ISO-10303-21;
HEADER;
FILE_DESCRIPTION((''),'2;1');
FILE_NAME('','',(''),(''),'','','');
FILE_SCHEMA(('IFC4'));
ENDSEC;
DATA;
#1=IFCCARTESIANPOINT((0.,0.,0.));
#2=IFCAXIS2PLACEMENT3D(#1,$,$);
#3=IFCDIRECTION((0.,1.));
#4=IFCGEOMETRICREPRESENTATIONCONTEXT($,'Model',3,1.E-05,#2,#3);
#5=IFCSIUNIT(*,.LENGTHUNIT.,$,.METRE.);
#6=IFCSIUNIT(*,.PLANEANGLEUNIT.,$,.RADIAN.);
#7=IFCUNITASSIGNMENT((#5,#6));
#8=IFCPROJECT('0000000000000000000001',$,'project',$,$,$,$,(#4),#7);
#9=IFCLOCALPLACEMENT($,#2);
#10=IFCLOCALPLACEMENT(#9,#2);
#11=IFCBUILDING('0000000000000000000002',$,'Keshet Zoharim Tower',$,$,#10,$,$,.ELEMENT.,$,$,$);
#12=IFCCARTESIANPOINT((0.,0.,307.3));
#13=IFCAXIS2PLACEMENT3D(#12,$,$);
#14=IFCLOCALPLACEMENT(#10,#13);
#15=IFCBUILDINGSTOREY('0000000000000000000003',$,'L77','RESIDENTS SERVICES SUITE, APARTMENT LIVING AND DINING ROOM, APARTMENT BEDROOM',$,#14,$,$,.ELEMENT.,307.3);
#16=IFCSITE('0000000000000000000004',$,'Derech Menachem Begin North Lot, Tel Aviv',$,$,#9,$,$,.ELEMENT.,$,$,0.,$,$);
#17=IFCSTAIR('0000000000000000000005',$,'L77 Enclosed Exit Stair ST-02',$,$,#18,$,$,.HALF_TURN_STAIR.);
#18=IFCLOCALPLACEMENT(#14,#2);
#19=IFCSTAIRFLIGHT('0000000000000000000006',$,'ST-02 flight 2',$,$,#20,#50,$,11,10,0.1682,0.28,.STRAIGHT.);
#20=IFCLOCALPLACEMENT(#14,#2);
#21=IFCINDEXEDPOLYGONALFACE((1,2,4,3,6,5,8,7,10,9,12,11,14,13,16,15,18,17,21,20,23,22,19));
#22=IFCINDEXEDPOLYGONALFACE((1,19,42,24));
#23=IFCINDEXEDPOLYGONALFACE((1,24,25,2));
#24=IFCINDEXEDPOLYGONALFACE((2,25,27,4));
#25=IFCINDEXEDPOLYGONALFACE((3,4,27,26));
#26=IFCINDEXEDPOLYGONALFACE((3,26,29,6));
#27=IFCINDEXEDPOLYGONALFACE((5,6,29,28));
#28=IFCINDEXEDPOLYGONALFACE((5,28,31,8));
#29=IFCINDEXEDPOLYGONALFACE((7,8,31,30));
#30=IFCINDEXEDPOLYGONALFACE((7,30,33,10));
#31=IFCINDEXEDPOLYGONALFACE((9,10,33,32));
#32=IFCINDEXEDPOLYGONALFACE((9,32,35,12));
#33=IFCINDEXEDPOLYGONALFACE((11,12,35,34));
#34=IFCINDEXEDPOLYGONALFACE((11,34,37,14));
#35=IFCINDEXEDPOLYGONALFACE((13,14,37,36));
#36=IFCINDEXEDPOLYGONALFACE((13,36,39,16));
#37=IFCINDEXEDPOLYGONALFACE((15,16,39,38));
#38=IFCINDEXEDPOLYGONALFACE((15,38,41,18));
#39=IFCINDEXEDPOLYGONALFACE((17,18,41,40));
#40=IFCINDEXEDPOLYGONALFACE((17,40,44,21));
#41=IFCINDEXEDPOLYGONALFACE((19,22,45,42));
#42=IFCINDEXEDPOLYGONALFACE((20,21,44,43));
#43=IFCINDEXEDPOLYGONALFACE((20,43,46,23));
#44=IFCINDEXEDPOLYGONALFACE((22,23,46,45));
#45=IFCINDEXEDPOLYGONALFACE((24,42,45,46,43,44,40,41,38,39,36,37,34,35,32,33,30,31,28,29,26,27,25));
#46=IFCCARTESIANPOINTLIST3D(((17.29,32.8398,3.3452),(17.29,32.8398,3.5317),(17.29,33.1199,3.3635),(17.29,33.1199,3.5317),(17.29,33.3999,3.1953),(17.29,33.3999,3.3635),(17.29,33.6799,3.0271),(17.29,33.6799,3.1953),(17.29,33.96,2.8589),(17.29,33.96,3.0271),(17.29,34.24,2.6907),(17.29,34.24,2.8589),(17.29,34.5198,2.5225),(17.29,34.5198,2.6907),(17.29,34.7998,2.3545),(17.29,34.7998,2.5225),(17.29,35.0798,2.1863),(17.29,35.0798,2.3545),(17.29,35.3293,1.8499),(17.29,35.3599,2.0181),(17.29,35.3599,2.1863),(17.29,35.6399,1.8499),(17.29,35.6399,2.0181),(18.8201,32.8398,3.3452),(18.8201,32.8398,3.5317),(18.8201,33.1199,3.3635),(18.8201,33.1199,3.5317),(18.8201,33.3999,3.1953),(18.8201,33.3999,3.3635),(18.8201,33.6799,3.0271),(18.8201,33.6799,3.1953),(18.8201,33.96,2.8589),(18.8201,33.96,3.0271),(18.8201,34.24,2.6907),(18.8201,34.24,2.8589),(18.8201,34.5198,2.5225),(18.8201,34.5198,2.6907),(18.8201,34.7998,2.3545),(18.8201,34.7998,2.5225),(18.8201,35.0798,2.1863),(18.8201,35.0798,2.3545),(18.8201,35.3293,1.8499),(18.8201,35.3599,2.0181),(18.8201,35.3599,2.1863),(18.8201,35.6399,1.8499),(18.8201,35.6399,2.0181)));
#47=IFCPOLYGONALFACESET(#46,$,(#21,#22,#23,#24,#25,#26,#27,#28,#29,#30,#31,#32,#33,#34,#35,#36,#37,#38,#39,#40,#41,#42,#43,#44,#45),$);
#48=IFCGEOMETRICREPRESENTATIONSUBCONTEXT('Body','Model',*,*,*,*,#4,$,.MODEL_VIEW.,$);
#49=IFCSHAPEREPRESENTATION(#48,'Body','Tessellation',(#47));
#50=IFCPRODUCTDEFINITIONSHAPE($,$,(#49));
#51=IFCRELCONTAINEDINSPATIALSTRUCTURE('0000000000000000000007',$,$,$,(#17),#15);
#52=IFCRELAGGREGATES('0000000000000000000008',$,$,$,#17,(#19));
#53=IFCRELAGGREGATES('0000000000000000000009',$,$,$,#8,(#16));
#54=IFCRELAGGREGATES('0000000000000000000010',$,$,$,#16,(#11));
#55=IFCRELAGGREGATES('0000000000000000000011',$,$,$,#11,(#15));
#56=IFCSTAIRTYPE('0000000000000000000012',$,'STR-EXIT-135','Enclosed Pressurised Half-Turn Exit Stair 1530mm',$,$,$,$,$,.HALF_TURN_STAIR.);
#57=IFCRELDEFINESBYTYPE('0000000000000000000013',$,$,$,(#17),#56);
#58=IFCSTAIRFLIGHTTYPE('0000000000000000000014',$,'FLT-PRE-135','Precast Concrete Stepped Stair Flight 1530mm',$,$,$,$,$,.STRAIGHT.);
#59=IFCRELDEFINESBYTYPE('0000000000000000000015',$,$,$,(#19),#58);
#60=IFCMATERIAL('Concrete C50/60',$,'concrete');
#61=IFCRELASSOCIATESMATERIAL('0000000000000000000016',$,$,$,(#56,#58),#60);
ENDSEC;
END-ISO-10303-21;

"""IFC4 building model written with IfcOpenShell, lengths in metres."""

from ifc_helpers import new_model, si_unit, direction, frame, origin, place, context, subcontext, project, spatial, polyline, outline, extrude, material, type_object, element, aggregate, save


model = new_model("IFC4")

# Units and contexts
model_context = context("Model", 3, precision=1e-05, world=origin(), true_north=direction((0.0, 1.0)))
body_context = subcontext(model_context, "Body", "Model", "MODEL_VIEW")
ifc_project = project(units=[si_unit("LENGTHUNIT", "METRE"), si_unit("PLANEANGLEUNIT", "RADIAN")], contexts=[model_context])

# Site, building, storey
site_placement = place(None, origin())
site = spatial("IfcSite", under=ifc_project, at=site_placement, Name="Derech Menachem Begin North Lot, Tel Aviv", CompositionType="ELEMENT", RefElevation=0.0)
building_placement = place(site_placement, origin())
building = spatial("IfcBuilding", under=site, at=building_placement, Name="Keshet Zoharim Tower", CompositionType="ELEMENT")
storey_placement = place(building_placement, frame((0.0, 0.0, 307.3)))
storey = spatial("IfcBuildingStorey", under=building, at=storey_placement, Name="L77", Description="RESIDENTS SERVICES SUITE, APARTMENT LIVING AND DINING ROOM, APARTMENT BEDROOM", CompositionType="ELEMENT", Elevation=307.3)

# Shared definitions
ifc_material_1 = material(Name="Concrete C50/60", Category="concrete")

# Shared definitions
stair_type = type_object("IfcStairType", Name="STR-EXIT-135", Description="Enclosed Pressurised Half-Turn Exit Stair 1530mm", PredefinedType="HALF_TURN_STAIR", material=ifc_material_1)
stair_flight_type = type_object("IfcStairFlightType", Name="FLT-PRE-135", Description="Precast Concrete Stepped Stair Flight 1530mm", PredefinedType="STRAIGHT", material=ifc_material_1)

# Stair, stair flight
stair_1_placement = place(storey_placement, origin())
stair_1 = element("IfcStair", 1, at=stair_1_placement, inside=storey, type_object=stair_type, Name="L77 Enclosed Exit Stair ST-02", PredefinedType="HALF_TURN_STAIR")
stair_flight_1_placement = place(storey_placement, frame((18.0549, 35.6399, 1.8499), z_axis=(0.0, 0.0, 1.0), x_axis=(0.0, -1.0, 0.0)))
stair_flight_1 = element("IfcStairFlight", 2, at=stair_flight_1_placement, type_object=stair_flight_type, Name="ST-02 flight 2", NumberOfRisers=11, NumberOfTreads=10, PredefinedType="STRAIGHT", RiserHeight=0.1682, TreadLength=0.28, context=body_context, shape_type="SweptSolid", body=[
    extrude(outline(polyline([(0.0, 0.0), (0.0, 0.1682), (0.28, 0.1682), (0.28, 0.3364), (0.5601, 0.3364), (0.5601, 0.5046), (0.8401, 0.5046), (0.8401, 0.6726), (1.1201, 0.6726), (1.1201, 0.8408), (1.3999, 0.8408), (1.3999, 1.009), (1.6799, 1.009), (1.6799, 1.1772), (1.96, 1.1772), (1.96, 1.3455), (2.24, 1.3455), (2.24, 1.5137), (2.52, 1.5137), (2.52, 1.6819), (2.8, 1.6819), (2.8, 1.8501), (2.8, 1.4954), (0.3105, 0.0), (0.0, 0.0)])), frame((0.0, 0.7651, 0.0), z_axis=(0.0, -1.0, 0.0), x_axis=(1.0, 0.0, 0.0)), (0.0, 0.0, 1.0), 1.53),
])
aggregate(stair_1, [stair_flight_1])

save(model, "model.ifc")
